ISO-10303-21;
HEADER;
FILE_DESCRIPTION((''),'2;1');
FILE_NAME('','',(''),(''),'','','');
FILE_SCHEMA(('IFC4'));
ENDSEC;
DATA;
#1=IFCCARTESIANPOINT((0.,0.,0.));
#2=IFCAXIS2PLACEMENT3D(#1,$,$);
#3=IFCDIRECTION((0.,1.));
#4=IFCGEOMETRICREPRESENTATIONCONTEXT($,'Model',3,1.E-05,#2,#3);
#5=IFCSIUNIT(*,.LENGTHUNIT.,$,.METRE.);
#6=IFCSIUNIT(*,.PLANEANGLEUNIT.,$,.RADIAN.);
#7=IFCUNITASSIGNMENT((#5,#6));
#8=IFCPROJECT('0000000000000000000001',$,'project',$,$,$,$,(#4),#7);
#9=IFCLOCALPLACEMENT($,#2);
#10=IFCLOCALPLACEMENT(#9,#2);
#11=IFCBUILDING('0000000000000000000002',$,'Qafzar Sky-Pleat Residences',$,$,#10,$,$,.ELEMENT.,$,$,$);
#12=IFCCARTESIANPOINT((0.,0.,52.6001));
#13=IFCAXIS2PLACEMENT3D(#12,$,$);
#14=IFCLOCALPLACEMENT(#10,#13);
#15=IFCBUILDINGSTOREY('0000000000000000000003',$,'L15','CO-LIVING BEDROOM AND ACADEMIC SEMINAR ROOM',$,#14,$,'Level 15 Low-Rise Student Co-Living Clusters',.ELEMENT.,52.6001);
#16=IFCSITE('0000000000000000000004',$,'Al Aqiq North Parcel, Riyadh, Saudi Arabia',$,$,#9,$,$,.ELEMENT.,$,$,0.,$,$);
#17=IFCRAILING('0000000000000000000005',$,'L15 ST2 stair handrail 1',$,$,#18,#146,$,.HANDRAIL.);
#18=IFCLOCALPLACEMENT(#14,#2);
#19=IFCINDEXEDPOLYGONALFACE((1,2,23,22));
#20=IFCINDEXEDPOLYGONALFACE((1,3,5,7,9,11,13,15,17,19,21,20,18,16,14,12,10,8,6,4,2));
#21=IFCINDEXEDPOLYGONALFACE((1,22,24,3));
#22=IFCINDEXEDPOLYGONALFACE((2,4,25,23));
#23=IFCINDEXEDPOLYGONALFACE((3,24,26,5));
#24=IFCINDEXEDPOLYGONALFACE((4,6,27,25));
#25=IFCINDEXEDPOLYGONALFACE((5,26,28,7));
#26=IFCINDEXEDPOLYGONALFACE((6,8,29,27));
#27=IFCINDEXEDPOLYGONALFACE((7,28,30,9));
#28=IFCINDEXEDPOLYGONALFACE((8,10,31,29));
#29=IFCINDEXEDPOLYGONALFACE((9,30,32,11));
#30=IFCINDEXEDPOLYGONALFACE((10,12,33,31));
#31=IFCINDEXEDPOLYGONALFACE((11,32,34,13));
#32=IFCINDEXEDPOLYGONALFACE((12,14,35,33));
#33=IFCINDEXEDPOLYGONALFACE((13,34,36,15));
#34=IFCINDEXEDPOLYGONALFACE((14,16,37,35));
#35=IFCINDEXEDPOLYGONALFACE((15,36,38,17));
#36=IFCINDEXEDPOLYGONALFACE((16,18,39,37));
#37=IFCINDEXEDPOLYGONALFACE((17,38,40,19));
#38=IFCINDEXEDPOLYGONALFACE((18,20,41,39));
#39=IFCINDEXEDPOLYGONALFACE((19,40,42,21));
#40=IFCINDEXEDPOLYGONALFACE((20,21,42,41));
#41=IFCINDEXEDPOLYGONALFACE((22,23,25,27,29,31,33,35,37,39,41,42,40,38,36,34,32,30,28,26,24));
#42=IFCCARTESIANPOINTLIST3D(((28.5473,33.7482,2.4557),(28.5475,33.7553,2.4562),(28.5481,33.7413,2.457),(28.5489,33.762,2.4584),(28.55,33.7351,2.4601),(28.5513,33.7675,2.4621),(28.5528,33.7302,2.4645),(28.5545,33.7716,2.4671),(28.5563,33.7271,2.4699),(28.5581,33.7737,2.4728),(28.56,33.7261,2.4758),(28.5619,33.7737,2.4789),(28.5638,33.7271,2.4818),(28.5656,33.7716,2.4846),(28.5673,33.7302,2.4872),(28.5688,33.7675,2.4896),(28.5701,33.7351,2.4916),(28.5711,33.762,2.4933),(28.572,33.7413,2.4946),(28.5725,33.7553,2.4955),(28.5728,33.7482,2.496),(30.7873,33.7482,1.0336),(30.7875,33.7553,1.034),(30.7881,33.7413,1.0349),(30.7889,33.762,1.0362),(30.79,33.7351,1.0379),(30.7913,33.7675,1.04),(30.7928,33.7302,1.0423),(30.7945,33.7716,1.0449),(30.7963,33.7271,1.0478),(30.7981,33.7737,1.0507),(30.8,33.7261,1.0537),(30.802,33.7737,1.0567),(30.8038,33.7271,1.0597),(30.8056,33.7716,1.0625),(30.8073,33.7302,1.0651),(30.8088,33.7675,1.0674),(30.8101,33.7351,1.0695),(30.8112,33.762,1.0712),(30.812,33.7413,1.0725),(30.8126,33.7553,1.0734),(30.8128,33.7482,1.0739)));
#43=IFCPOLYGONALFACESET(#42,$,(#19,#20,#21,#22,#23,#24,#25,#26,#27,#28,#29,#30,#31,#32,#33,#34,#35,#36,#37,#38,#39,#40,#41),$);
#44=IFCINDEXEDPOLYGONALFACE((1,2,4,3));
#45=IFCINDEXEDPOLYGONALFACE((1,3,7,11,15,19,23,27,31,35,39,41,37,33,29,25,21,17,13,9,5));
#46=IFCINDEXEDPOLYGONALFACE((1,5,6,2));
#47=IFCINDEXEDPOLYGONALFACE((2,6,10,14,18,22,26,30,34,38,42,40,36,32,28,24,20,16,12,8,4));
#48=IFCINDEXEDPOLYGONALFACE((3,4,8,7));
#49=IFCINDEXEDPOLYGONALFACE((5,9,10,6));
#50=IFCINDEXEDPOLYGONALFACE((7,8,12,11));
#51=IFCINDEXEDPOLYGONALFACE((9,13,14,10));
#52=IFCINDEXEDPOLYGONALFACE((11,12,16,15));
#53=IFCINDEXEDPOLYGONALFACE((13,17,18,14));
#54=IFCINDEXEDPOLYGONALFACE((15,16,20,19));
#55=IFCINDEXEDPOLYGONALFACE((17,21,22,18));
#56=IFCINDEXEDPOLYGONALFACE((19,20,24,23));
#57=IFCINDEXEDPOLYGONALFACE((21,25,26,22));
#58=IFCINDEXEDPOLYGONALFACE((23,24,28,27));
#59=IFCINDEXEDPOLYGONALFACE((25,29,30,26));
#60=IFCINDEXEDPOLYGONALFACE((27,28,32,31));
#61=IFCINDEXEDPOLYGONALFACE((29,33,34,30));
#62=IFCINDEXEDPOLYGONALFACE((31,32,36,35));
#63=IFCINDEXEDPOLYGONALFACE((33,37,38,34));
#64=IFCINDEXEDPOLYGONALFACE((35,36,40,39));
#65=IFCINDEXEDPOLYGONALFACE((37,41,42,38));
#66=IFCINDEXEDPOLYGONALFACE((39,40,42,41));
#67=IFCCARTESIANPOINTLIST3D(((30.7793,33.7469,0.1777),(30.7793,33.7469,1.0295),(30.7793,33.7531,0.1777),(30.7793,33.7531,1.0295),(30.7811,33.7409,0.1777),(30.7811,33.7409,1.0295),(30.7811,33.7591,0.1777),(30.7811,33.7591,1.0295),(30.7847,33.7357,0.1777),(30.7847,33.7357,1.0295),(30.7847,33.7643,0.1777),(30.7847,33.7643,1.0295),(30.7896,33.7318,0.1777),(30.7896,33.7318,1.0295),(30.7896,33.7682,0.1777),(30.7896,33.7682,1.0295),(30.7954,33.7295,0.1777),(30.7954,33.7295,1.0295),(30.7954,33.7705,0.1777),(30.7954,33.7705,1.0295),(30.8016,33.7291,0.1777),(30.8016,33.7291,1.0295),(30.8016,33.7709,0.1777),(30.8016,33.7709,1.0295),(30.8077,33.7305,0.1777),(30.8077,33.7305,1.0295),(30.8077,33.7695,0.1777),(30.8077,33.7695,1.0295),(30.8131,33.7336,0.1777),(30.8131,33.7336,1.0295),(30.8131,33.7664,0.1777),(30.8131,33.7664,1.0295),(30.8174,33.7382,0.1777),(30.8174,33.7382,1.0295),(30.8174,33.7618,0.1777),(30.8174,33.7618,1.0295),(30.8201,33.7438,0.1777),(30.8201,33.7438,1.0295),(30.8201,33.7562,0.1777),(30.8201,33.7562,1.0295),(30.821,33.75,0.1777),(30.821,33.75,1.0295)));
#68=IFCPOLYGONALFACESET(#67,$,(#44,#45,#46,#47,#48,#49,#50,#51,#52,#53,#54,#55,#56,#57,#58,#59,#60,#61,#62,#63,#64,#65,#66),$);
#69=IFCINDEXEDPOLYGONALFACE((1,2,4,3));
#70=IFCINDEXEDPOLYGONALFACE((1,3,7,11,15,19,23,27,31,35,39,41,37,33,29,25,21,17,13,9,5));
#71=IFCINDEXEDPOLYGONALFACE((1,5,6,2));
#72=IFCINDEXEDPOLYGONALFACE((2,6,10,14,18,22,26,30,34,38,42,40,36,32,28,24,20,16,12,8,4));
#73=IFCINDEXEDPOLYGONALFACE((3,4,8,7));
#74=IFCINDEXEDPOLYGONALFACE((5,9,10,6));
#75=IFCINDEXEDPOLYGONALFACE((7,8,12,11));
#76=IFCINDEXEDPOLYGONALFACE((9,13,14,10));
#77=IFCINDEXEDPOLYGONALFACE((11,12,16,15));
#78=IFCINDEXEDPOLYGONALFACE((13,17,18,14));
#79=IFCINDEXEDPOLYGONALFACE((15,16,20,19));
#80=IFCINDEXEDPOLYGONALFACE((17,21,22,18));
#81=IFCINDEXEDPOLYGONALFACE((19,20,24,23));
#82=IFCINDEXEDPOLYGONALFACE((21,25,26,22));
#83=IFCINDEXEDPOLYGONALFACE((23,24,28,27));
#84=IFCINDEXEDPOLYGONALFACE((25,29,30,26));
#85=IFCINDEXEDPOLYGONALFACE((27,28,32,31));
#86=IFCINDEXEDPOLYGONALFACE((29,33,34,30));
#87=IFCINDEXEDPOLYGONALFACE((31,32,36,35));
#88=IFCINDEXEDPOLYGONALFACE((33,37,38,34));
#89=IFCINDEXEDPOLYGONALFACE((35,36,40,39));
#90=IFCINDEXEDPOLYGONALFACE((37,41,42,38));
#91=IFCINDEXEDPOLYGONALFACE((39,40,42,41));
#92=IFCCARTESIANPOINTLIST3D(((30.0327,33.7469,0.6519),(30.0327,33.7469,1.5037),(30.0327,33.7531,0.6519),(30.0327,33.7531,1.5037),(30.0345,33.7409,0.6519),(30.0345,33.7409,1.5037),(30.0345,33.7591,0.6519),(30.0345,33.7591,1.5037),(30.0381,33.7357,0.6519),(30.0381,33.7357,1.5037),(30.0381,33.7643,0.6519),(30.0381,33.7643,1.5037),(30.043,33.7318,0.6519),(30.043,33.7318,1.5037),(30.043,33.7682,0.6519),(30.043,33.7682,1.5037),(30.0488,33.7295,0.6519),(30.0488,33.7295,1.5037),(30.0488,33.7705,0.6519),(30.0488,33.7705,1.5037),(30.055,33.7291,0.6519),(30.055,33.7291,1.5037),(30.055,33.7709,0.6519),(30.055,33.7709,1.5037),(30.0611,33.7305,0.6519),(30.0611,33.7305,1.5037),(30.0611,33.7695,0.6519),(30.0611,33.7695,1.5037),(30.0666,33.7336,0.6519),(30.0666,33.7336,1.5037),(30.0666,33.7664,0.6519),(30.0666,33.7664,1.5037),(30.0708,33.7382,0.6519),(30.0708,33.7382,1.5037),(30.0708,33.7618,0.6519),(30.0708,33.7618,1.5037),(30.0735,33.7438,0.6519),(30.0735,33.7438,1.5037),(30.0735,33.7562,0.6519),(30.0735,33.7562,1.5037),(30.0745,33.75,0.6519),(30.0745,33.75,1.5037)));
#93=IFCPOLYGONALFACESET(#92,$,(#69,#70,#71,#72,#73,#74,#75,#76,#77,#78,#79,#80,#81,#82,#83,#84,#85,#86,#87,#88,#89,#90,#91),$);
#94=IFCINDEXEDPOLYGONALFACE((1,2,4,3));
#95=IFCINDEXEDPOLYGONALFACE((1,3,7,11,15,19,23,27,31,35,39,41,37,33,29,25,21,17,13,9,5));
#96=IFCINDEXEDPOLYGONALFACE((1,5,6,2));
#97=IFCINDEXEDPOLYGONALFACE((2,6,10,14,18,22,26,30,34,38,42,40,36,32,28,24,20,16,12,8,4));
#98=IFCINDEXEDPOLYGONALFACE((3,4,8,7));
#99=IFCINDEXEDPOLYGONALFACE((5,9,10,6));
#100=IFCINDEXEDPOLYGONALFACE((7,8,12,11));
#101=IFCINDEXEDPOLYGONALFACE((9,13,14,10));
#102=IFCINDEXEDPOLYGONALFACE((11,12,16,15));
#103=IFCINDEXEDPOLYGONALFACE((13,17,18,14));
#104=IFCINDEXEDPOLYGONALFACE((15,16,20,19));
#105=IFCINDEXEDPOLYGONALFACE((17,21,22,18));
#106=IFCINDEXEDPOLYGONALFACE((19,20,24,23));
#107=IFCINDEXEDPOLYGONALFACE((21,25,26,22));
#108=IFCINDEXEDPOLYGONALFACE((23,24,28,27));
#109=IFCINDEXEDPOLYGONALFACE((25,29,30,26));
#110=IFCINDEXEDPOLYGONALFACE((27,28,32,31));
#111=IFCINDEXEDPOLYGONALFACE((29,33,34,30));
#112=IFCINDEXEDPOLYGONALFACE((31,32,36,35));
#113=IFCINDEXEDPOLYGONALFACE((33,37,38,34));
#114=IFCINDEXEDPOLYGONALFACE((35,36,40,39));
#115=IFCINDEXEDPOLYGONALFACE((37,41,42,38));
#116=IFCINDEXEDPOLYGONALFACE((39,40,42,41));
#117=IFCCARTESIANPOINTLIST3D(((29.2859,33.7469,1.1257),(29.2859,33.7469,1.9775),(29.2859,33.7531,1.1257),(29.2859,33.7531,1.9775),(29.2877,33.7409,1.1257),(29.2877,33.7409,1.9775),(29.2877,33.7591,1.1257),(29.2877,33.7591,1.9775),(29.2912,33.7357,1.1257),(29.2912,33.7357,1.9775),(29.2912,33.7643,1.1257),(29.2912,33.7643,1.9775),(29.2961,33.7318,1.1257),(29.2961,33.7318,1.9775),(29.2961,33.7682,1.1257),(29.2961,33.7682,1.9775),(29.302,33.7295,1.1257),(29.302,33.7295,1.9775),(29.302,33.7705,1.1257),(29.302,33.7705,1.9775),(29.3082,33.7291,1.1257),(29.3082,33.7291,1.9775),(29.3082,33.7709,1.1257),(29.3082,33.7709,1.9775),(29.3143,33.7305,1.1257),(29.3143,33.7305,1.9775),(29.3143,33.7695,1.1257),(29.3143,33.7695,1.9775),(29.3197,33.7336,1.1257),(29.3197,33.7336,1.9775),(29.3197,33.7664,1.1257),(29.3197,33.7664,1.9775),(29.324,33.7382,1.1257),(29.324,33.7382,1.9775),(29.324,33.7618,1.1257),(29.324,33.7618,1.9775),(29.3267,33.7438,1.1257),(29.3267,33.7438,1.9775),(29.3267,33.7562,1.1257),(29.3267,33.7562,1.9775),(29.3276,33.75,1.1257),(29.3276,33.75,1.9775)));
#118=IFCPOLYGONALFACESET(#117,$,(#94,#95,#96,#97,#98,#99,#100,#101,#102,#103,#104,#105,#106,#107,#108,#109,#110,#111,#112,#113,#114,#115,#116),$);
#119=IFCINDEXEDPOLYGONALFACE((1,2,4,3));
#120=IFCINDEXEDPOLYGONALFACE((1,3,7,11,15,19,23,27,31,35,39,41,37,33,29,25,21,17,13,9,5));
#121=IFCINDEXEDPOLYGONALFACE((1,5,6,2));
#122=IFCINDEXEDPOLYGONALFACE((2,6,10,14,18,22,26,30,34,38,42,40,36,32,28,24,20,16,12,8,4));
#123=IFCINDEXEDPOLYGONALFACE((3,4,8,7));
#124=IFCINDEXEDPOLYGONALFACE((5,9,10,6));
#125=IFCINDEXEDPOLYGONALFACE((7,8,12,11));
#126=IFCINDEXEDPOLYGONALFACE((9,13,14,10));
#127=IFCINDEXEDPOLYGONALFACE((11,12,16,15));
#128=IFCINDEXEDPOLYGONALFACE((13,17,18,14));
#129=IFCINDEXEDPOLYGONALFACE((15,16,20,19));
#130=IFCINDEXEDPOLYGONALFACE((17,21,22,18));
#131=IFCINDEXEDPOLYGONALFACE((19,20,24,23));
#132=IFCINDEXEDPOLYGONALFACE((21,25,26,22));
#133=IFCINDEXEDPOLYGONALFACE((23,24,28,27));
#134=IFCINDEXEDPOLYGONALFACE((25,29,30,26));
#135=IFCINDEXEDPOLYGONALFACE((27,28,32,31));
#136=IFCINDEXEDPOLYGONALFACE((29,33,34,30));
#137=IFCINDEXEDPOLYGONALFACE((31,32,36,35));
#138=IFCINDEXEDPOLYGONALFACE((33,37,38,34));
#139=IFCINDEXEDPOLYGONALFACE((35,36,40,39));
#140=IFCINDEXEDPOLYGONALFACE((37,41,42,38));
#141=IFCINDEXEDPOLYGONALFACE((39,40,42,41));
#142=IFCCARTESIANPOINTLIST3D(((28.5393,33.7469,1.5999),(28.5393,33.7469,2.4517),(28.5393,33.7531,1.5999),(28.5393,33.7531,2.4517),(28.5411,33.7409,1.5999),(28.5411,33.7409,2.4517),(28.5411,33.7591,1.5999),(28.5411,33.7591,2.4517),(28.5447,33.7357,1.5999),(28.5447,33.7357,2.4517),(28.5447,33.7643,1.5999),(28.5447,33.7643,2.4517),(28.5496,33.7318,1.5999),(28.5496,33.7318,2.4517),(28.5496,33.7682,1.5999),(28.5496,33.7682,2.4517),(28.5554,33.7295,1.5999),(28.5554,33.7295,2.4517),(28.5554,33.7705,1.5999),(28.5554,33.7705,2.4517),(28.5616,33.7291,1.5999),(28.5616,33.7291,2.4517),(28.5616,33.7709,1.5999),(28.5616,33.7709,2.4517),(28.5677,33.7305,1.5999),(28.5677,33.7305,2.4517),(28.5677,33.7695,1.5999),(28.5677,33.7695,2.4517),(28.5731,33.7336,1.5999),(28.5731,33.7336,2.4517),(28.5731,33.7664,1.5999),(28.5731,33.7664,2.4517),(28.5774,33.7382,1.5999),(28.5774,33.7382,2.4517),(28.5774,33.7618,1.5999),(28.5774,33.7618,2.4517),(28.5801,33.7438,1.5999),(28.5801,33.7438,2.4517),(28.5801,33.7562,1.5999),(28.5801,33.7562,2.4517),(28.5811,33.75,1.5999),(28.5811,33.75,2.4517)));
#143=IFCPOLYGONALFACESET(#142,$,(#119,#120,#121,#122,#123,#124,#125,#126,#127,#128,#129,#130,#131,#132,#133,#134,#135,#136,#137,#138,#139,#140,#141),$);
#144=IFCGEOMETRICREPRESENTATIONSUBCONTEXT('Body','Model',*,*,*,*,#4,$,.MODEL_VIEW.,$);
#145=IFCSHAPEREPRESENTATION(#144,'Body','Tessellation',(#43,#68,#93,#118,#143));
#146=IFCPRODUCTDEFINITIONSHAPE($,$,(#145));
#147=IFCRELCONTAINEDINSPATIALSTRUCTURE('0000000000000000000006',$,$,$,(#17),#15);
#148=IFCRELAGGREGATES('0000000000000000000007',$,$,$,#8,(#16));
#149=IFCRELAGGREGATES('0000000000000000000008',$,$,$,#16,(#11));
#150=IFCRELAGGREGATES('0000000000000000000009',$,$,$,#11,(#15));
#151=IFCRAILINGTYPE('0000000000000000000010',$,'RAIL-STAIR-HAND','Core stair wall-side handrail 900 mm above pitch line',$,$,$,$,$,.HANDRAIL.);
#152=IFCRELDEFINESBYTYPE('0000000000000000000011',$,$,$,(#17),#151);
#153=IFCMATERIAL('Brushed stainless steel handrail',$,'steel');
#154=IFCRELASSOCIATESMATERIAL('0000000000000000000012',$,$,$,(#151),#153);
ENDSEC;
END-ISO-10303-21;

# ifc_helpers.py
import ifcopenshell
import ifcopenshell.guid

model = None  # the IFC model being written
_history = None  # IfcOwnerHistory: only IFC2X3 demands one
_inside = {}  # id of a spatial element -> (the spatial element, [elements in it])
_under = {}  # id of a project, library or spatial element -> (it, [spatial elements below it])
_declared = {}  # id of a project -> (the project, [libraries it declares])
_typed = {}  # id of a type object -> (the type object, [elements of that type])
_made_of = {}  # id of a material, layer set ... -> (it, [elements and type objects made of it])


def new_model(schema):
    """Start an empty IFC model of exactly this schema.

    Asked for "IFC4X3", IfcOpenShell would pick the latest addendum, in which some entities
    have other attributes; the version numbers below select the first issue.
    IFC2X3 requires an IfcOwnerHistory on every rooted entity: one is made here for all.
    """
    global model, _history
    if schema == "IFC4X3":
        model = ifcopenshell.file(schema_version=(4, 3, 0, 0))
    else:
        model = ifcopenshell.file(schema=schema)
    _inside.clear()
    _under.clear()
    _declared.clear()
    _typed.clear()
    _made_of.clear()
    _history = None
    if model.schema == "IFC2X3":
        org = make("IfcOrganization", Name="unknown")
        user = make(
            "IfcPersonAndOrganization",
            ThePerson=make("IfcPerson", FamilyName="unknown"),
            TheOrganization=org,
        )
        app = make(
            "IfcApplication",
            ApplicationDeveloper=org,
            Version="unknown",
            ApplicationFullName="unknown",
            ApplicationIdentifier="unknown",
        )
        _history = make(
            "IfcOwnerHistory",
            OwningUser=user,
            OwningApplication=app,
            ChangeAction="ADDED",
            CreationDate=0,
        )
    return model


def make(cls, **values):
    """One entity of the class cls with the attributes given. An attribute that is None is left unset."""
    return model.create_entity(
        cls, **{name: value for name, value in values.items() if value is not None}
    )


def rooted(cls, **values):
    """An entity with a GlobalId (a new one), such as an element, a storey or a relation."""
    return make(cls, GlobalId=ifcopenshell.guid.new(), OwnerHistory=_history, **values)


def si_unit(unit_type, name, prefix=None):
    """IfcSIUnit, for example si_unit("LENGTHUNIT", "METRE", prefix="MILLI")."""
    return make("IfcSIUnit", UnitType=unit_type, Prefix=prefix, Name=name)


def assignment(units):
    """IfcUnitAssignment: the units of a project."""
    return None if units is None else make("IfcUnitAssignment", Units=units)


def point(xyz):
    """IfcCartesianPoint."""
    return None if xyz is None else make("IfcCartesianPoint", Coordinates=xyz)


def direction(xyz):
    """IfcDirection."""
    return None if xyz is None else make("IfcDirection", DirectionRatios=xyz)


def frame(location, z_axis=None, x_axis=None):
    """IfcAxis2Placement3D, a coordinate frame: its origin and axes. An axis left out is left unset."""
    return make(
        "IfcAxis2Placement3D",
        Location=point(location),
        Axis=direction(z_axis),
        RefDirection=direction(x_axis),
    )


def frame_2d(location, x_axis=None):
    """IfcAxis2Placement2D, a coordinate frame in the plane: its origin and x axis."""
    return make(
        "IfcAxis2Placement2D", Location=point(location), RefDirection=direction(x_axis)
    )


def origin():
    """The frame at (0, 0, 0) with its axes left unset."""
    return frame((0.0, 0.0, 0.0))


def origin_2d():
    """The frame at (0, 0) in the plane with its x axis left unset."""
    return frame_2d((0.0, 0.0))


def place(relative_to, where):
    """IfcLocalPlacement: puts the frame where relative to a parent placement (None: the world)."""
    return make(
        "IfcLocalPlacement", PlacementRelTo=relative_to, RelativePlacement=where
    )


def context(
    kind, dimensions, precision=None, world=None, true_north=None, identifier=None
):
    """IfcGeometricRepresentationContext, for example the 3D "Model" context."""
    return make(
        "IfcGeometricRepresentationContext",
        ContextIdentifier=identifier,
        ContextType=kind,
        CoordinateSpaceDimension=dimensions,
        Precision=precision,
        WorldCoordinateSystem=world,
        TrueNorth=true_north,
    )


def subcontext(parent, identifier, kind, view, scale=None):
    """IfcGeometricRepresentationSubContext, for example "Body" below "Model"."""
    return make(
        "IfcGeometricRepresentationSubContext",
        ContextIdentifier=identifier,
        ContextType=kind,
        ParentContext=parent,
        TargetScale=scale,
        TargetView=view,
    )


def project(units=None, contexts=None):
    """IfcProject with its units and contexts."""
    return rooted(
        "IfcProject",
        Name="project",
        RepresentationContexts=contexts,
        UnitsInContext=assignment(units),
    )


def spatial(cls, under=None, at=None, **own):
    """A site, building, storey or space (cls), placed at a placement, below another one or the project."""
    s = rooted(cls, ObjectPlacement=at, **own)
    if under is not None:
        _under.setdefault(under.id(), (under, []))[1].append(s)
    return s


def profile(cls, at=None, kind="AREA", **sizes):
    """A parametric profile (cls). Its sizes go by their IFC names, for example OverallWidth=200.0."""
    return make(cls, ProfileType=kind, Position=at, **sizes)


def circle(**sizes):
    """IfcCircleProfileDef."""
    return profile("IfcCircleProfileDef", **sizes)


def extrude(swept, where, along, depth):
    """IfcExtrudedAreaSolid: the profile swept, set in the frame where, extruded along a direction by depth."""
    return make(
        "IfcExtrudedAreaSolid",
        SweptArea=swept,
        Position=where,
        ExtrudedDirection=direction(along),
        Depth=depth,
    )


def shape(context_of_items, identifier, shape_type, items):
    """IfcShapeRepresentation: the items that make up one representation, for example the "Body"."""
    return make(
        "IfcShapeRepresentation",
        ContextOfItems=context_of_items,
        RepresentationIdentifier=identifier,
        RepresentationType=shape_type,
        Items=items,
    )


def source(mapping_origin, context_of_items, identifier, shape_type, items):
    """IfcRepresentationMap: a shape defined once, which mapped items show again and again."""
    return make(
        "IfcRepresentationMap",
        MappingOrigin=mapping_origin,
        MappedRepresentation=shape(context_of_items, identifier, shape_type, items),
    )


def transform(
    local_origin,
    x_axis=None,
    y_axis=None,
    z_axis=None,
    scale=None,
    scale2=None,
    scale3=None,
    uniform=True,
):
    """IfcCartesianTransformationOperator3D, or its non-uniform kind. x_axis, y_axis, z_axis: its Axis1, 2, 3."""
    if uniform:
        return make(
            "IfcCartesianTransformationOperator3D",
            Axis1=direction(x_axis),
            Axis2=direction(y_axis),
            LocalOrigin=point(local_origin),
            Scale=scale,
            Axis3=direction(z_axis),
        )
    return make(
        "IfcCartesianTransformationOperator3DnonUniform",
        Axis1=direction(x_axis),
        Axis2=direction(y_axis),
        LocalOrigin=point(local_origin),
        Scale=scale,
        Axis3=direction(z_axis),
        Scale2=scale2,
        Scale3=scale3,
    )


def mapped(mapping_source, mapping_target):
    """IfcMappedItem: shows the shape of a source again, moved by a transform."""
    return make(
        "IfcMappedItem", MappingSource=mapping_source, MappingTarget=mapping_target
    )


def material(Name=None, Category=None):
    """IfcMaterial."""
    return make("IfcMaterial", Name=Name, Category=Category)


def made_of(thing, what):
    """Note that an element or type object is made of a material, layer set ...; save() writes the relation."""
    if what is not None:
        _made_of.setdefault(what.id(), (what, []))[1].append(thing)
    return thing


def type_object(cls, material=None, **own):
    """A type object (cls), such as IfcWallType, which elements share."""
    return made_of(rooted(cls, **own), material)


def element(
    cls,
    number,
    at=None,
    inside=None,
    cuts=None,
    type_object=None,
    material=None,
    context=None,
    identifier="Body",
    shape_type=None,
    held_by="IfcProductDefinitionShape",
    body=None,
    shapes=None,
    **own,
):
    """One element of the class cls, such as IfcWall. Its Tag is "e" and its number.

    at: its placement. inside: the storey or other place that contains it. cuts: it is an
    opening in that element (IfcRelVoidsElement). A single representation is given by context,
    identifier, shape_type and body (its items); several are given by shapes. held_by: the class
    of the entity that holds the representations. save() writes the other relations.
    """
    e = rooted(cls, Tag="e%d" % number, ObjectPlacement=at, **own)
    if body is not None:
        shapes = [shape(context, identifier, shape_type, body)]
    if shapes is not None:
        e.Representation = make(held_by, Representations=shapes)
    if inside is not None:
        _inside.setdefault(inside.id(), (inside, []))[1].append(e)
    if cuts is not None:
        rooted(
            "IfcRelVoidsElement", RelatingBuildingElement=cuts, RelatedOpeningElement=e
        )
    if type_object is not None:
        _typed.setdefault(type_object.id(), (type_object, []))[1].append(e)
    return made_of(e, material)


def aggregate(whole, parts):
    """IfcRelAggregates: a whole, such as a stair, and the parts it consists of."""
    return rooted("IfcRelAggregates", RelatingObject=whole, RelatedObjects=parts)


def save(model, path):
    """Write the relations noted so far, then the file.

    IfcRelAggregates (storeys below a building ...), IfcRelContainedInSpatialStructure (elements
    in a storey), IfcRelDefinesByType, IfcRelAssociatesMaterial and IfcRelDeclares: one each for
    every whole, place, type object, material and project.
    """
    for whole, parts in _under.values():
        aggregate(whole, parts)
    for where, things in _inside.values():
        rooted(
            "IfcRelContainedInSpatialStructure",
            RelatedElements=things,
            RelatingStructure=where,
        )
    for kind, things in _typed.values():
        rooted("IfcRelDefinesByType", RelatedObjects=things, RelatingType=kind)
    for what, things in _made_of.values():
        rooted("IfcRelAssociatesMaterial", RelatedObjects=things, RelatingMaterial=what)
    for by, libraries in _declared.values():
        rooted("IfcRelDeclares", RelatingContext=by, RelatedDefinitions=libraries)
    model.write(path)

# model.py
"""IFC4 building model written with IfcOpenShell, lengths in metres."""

from ifc_helpers import new_model, si_unit, direction, frame, origin, origin_2d, place, context, subcontext, project, spatial, circle, extrude, source, transform, mapped, material, type_object, element, save


model = new_model("IFC4")

# Units and contexts
model_context = context("Model", 3, precision=1e-05, world=origin(), true_north=direction((0.0, 1.0)))
body_context = subcontext(model_context, "Body", "Model", "MODEL_VIEW")
ifc_project = project(units=[si_unit("LENGTHUNIT", "METRE"), si_unit("PLANEANGLEUNIT", "RADIAN")], contexts=[model_context])

# Site, building, storey
site_placement = place(None, origin())
site = spatial("IfcSite", under=ifc_project, at=site_placement, Name="Al Aqiq North Parcel, Riyadh, Saudi Arabia", CompositionType="ELEMENT", RefElevation=0.0)
building_placement = place(site_placement, origin())
building = spatial("IfcBuilding", under=site, at=building_placement, Name="Qafzar Sky-Pleat Residences", CompositionType="ELEMENT")
storey_placement = place(building_placement, frame((0.0, 0.0, 52.6001)))
storey = spatial("IfcBuildingStorey", under=building, at=storey_placement, Name="L15", Description="CO-LIVING BEDROOM AND ACADEMIC SEMINAR ROOM", LongName="Level 15 Low-Rise Student Co-Living Clusters", CompositionType="ELEMENT", Elevation=52.6001)

# Railing
ifc_material_1 = material(Name="Brushed stainless steel handrail", Category="steel")
railing_type_1 = type_object("IfcRailingType", Name="RAIL-STAIR-HAND", Description="Core stair wall-side handrail 900 mm above pitch line", PredefinedType="HANDRAIL", material=ifc_material_1)
shared_shape_1 = source(origin(), body_context, "Body", "SweptSolid", [
    extrude(circle(Radius=0.0239, at=origin_2d()), frame((0.0, 0.0, 0.876), z_axis=(-0.844229, 0.0, 0.535982), x_axis=(0.0, -1.0, 0.0)), (0.0, 0.0, 1.0), 2.6533),
    extrude(circle(Radius=0.021, at=origin_2d()), origin(), (0.0, 0.0, 1.0), 0.8518),
    extrude(circle(Radius=0.021, at=origin_2d()), frame((-0.7466, 0.0, 0.4741)), (0.0, 0.0, 1.0), 0.8518),
    extrude(circle(Radius=0.021, at=origin_2d()), frame((-1.4934, 0.0, 0.948)), (0.0, 0.0, 1.0), 0.8518),
    extrude(circle(Radius=0.021, at=origin_2d()), frame((-2.24, 0.0, 1.4221)), (0.0, 0.0, 1.0), 0.8518),
])
railing_1_placement = place(storey_placement, frame((30.8, 33.75, 0.1777)))
element("IfcRailing", 1, at=railing_1_placement, inside=storey, type_object=railing_type_1, Name="L15 ST2 stair handrail 1", PredefinedType="HANDRAIL", context=body_context, shape_type="MappedRepresentation", body=[
    mapped(shared_shape_1, transform((0.0, 0.0, 0.0), x_axis=(1.0, 0.0, 0.0), y_axis=(0.0, 1.0, 0.0), z_axis=(0.0, 0.0, 1.0), scale=1.0)),
])

save(model, "model.ifc")
